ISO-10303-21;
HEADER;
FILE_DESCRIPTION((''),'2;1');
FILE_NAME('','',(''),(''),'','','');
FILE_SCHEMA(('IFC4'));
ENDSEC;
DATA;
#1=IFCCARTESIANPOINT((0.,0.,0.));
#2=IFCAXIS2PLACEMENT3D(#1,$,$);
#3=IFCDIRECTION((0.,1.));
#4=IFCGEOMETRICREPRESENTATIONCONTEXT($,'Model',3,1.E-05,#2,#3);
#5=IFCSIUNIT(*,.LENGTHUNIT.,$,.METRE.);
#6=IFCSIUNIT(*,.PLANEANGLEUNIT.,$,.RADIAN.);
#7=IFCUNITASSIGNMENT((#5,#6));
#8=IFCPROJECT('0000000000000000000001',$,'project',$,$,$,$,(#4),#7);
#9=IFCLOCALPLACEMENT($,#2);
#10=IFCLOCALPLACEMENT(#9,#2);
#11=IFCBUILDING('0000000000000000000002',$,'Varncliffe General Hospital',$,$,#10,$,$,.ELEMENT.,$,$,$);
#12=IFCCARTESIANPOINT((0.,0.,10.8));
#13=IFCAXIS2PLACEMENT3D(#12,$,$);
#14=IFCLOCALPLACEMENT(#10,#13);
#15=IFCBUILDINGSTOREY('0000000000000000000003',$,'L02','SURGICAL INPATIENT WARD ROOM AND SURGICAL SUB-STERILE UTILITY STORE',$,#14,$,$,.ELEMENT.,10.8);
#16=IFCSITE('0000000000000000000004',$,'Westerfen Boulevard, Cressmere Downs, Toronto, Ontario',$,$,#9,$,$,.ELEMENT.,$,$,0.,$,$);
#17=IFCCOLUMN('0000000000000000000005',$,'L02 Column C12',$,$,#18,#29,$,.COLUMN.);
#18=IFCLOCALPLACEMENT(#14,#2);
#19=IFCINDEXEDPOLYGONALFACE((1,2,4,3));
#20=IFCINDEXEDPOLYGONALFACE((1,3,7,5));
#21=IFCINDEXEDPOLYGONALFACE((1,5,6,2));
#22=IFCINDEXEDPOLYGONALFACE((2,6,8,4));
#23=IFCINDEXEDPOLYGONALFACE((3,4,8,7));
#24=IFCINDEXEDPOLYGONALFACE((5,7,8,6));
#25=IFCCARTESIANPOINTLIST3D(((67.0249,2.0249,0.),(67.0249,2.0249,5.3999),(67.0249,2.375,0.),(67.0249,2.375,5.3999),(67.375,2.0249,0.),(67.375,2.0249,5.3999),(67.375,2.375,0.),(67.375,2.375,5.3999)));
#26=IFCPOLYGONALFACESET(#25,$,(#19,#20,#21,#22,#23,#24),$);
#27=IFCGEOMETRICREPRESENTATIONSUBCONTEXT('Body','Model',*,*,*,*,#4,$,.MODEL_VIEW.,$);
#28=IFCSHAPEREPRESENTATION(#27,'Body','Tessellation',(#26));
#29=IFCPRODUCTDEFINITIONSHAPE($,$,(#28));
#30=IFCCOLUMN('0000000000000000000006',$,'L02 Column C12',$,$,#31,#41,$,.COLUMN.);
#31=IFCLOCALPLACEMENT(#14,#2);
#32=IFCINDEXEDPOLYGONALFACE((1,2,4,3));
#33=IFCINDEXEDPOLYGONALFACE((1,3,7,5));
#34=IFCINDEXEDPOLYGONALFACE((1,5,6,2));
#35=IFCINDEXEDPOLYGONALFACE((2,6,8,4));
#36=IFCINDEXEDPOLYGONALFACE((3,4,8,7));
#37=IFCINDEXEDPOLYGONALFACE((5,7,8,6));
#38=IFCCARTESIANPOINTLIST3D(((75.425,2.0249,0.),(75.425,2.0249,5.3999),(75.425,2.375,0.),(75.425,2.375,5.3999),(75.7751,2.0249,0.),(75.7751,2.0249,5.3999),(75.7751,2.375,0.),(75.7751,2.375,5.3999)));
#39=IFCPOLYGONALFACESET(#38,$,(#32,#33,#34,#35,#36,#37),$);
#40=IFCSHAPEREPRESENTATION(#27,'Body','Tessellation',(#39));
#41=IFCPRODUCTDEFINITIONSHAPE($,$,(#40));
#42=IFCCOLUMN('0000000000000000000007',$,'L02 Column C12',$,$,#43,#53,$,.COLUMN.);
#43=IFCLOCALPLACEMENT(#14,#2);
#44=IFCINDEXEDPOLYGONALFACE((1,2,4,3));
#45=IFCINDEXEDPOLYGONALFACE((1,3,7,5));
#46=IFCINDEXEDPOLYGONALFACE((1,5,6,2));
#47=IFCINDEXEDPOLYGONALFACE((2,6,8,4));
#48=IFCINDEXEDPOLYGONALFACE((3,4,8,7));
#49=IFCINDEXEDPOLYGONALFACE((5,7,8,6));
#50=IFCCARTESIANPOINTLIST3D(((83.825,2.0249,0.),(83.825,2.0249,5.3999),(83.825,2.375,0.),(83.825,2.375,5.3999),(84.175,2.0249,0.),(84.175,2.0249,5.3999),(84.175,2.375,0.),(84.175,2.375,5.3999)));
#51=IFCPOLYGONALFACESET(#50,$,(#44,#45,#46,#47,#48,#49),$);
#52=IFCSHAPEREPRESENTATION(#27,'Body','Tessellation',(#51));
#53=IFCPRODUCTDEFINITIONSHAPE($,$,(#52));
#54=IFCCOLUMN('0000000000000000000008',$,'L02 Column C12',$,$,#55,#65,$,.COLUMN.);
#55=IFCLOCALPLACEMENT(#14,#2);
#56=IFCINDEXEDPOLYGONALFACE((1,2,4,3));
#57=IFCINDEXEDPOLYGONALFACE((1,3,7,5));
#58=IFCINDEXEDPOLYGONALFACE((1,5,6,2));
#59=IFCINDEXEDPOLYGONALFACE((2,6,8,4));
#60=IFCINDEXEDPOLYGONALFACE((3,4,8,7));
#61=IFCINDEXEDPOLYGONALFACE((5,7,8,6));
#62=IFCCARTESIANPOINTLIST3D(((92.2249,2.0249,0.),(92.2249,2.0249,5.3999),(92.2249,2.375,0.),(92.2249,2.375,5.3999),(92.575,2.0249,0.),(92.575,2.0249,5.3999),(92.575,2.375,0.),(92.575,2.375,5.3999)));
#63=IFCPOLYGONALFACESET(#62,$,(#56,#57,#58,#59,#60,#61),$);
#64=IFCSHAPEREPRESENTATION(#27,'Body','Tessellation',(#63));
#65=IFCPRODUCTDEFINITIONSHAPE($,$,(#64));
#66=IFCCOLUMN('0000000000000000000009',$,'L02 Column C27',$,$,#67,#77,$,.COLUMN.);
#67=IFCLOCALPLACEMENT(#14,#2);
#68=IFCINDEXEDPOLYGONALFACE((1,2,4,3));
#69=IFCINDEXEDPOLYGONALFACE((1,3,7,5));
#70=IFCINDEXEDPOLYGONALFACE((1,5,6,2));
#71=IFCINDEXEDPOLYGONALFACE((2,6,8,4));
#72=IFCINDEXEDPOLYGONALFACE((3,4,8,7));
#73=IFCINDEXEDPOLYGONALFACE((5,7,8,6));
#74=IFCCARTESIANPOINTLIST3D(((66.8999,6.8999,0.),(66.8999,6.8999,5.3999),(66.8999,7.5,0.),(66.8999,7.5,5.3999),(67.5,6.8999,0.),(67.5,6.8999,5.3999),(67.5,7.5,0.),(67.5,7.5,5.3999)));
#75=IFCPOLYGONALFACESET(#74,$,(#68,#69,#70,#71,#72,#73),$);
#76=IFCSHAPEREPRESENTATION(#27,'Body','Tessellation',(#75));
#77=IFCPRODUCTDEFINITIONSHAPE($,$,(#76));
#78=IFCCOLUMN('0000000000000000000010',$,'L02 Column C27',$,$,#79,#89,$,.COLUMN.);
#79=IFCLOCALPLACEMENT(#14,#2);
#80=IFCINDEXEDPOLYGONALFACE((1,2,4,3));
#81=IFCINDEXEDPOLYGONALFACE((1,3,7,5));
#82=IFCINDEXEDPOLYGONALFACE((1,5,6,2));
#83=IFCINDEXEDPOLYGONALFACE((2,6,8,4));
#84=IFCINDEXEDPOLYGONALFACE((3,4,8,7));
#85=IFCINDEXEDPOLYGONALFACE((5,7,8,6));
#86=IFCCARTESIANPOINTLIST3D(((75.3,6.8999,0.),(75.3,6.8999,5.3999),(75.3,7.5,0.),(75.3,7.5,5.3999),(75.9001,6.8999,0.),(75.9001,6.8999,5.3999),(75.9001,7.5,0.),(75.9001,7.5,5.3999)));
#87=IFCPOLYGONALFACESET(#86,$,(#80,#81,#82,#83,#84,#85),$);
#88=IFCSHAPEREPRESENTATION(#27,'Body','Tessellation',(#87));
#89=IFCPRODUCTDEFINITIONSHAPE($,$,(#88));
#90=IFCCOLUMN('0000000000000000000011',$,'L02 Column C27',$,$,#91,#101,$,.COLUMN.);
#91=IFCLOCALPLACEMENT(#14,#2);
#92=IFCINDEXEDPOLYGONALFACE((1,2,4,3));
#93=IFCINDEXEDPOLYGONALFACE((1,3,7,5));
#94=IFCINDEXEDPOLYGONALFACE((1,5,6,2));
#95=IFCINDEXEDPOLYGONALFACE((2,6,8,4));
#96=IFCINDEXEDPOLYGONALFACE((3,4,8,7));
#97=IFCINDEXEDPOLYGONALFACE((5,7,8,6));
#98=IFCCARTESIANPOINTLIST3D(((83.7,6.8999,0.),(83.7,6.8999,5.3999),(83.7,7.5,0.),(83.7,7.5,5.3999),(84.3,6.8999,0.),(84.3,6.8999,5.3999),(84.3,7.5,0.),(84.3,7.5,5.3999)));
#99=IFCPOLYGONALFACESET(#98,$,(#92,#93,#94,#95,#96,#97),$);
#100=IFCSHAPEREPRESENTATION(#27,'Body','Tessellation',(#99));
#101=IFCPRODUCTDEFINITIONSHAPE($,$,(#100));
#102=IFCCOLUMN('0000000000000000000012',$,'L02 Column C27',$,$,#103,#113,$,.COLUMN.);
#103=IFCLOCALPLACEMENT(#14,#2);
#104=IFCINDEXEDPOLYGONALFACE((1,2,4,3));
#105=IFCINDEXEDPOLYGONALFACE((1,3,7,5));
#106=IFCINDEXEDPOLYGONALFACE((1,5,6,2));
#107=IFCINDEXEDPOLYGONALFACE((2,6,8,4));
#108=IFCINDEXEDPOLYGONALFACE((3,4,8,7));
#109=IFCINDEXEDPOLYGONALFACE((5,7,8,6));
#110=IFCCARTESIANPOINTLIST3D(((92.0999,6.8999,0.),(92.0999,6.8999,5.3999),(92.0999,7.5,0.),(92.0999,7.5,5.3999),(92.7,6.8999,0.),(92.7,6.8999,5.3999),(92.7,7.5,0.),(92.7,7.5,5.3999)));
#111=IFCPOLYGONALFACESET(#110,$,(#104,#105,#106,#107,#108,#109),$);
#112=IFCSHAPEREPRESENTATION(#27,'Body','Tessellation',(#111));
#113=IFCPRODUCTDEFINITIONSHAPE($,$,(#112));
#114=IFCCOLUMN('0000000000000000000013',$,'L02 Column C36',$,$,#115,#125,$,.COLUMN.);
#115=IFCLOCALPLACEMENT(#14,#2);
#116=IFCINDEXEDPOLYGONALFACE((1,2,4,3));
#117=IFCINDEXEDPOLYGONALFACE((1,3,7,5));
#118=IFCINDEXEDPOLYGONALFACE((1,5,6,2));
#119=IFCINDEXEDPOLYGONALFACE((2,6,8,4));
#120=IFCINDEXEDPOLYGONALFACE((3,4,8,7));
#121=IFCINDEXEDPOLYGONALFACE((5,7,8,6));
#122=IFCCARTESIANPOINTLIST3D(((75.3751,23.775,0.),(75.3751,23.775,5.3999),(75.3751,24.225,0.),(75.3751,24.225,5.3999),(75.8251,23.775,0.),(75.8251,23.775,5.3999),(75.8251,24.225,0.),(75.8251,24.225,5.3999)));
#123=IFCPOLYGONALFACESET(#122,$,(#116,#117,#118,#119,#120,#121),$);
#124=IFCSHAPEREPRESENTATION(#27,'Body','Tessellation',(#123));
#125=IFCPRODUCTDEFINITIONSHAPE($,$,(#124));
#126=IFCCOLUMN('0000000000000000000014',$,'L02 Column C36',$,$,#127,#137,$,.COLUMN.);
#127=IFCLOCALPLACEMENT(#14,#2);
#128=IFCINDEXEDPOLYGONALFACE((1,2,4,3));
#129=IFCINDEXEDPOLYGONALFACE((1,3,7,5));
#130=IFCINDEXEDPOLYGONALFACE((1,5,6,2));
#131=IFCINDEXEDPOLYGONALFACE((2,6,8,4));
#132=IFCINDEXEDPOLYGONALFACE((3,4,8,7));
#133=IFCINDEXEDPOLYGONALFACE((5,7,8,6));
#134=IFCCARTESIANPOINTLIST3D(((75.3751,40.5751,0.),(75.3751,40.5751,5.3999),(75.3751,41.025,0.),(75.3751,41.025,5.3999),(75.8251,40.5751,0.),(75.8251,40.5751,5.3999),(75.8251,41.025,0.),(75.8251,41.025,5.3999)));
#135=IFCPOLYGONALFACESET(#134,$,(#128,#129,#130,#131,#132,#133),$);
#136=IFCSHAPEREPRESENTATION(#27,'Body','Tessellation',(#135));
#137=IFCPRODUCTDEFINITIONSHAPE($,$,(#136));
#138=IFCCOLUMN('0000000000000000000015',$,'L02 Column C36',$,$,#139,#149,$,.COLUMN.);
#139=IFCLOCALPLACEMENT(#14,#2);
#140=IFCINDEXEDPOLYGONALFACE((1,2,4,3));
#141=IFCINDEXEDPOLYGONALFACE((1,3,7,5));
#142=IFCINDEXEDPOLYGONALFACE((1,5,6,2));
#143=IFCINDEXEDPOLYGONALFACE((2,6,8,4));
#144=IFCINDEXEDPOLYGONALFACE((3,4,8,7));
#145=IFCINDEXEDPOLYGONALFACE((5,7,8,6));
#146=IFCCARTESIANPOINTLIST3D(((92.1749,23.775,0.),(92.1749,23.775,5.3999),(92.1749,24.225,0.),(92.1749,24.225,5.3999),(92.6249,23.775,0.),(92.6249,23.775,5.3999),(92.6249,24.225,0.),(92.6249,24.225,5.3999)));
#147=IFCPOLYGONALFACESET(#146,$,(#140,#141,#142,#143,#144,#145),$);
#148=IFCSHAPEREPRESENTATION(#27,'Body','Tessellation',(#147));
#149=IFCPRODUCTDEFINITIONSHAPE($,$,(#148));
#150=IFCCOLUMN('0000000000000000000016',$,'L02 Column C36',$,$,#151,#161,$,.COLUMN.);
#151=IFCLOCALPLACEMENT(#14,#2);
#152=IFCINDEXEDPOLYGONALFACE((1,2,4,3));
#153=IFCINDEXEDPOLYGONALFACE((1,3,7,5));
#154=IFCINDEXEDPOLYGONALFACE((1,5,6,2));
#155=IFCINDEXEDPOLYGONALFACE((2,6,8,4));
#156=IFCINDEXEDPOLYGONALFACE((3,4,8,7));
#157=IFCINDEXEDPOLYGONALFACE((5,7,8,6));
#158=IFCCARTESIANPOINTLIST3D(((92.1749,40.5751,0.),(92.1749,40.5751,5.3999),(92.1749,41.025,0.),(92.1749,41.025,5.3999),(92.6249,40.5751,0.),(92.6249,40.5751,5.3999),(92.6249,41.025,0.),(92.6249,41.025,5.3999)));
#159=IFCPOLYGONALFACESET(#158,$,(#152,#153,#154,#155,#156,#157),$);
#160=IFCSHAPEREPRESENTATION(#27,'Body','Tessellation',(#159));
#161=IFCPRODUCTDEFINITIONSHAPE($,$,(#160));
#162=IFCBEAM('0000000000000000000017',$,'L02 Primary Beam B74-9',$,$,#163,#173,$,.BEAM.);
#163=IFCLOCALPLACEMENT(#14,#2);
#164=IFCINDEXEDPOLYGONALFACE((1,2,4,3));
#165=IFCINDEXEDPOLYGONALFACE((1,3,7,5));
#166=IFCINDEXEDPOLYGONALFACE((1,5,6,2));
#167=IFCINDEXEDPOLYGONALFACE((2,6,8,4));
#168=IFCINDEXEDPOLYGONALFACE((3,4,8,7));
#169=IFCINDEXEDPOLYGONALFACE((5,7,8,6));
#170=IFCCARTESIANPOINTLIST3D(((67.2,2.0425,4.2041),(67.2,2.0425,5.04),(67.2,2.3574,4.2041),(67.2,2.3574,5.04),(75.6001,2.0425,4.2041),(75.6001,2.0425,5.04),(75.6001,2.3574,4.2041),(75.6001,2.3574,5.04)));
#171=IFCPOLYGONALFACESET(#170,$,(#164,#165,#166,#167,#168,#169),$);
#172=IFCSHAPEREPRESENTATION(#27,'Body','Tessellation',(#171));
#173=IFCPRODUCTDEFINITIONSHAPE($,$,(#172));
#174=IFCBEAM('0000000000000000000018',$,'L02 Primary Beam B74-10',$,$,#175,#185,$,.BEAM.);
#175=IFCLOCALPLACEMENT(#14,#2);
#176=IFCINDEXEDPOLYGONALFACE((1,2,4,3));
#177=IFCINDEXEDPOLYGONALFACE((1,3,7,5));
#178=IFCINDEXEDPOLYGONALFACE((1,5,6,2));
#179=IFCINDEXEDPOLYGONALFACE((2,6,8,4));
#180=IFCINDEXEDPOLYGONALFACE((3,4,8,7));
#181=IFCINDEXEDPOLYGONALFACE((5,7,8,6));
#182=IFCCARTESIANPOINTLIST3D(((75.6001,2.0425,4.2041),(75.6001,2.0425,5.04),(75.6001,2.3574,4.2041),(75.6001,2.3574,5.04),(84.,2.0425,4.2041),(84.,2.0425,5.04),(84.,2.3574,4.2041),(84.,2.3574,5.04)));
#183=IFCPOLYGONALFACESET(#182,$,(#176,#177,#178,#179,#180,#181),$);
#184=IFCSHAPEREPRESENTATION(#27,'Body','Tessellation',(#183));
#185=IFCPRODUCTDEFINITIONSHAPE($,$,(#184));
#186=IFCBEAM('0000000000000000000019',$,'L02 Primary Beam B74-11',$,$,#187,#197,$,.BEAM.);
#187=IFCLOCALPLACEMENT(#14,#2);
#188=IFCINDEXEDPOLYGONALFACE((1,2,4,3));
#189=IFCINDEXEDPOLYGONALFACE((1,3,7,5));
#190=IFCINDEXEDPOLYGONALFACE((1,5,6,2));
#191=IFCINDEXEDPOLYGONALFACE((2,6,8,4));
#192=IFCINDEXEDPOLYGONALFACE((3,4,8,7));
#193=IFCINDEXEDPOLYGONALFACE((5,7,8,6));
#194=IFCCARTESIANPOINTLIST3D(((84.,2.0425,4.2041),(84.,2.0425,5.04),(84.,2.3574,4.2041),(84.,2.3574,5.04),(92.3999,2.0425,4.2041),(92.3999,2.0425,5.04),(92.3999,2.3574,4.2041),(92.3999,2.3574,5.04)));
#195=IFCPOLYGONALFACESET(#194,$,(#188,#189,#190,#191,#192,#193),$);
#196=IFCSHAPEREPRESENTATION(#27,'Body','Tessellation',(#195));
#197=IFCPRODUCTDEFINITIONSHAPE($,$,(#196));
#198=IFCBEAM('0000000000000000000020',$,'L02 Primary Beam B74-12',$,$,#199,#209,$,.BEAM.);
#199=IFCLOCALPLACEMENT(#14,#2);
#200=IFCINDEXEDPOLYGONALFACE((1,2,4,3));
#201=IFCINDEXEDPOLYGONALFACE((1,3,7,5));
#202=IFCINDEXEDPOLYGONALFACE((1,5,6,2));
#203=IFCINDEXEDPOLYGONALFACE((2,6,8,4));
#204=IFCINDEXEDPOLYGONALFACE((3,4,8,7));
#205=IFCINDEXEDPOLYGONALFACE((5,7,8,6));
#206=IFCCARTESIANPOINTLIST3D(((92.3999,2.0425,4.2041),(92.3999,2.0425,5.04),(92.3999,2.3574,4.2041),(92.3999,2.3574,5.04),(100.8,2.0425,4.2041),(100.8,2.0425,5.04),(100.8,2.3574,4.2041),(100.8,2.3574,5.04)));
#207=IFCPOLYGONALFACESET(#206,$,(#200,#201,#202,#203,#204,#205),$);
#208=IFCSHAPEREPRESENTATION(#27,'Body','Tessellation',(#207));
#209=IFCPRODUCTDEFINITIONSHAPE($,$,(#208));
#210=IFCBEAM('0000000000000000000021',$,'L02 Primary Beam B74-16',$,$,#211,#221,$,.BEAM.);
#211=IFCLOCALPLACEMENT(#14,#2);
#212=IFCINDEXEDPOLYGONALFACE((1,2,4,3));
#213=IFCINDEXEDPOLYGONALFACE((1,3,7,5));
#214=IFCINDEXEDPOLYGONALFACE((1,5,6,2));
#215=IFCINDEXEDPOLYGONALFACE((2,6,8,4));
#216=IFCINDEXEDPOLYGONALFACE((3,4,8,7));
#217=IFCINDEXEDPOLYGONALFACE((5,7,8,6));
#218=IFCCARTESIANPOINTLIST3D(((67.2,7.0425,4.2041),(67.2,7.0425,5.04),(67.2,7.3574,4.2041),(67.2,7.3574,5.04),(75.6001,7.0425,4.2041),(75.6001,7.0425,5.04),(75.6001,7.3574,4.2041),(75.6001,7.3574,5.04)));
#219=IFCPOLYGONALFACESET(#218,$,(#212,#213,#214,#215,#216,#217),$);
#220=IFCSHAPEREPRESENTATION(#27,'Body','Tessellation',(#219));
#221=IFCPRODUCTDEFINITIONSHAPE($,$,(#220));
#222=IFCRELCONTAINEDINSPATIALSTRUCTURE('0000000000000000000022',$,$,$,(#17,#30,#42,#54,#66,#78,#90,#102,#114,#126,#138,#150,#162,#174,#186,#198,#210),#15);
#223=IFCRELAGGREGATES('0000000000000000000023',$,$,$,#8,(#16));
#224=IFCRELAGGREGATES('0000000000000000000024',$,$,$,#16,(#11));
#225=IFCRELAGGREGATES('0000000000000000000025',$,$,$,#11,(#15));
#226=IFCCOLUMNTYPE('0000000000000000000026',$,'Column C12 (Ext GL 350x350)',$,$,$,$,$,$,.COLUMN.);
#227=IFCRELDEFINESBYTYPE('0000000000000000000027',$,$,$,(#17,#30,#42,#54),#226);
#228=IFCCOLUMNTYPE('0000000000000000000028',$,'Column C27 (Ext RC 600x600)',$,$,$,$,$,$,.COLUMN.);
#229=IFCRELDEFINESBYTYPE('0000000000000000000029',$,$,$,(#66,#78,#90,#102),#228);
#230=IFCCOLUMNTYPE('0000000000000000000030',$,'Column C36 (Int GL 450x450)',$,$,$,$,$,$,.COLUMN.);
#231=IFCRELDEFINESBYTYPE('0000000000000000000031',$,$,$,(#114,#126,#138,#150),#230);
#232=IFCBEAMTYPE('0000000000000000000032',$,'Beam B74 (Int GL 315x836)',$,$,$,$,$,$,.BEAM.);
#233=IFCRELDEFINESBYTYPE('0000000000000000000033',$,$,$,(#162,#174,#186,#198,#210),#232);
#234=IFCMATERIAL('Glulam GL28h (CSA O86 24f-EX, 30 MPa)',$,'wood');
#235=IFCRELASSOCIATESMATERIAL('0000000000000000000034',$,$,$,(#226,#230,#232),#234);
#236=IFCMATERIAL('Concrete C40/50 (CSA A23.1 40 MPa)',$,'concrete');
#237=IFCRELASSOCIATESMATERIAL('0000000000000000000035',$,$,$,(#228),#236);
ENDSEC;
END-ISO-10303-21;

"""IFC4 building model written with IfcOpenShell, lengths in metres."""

from ifc_helpers import new_model, si_unit, direction, frame, origin, origin_2d, place, context, subcontext, project, spatial, rectangle, extrude, material, material_profile, profile_set, type_object, element, save


model = new_model("IFC4")

# Units and contexts
model_context = context("Model", 3, precision=1e-05, world=origin(), true_north=direction((0.0, 1.0)))
body_context = subcontext(model_context, "Body", "Model", "MODEL_VIEW")
ifc_project = project(units=[si_unit("LENGTHUNIT", "METRE"), si_unit("PLANEANGLEUNIT", "RADIAN")], contexts=[model_context])

# Site, building, storey
site_placement = place(None, origin())
site = spatial("IfcSite", under=ifc_project, at=site_placement, Name="Westerfen Boulevard, Cressmere Downs, Toronto, Ontario", CompositionType="ELEMENT", RefElevation=0.0)
building_placement = place(site_placement, origin())
building = spatial("IfcBuilding", under=site, at=building_placement, Name="Varncliffe General Hospital", CompositionType="ELEMENT")
storey_placement = place(building_placement, frame((0.0, 0.0, 10.8)))
storey = spatial("IfcBuildingStorey", under=building, at=storey_placement, Name="L02", Description="SURGICAL INPATIENT WARD ROOM AND SURGICAL SUB-STERILE UTILITY STORE", CompositionType="ELEMENT", Elevation=10.8)

# Columns
ifc_material_1 = material(Name="Glulam GL28h (CSA O86 24f-EX, 30 MPa)", Category="wood")
ifc_material_profile_1 = material_profile(ifc_material_1, rectangle(XDim=0.3501, YDim=0.3501, at=origin_2d()), Name="GL 350x350")
ifc_profile_set_1 = profile_set([ifc_material_profile_1], Name="Glulam GL28h (CSA O86 24f-EX, 30 MPa)")
column_type_1 = type_object("IfcColumnType", Name="Column C12 (Ext GL 350x350)", PredefinedType="COLUMN", material=ifc_profile_set_1)
for number, where, z_axis, x_axis, name in (
    (1, (67.2, 2.2, 0.0), (0.0, 0.0, 1.0), (1.0, 0.0, 0.0), "L02 Column C12"),
    (2, (75.6001, 2.2, 0.0), (0.0, 0.0, 1.0), (1.0, 0.0, 0.0), "L02 Column C12"),
    (3, (84.0, 2.2, 0.0), (0.0, 0.0, 1.0), (1.0, 0.0, 0.0), "L02 Column C12"),
    (4, (92.3999, 2.2, 0.0), (0.0, 0.0, 1.0), (1.0, 0.0, 0.0), "L02 Column C12"),
):
    element("IfcColumn", number, at=place(storey_placement, frame(where, z_axis=z_axis, x_axis=x_axis)), inside=storey, type_object=column_type_1, Name=name, PredefinedType="COLUMN", context=body_context, shape_type="SweptSolid", body=[
        extrude(rectangle(XDim=0.3501, YDim=0.3501, at=origin_2d()), origin(), (0.0, 0.0, 1.0), 5.3999),
    ])
ifc_material_2 = material(Name="Concrete C40/50 (CSA A23.1 40 MPa)", Category="concrete")
ifc_material_profile_2 = material_profile(ifc_material_2, rectangle(XDim=0.6001, YDim=0.6001, at=origin_2d()), Name="RC 600x600")
ifc_profile_set_2 = profile_set([ifc_material_profile_2], Name="Concrete C40/50 (CSA A23.1 40 MPa)")
column_type_2 = type_object("IfcColumnType", Name="Column C27 (Ext RC 600x600)", PredefinedType="COLUMN", material=ifc_profile_set_2)
for number, where, z_axis, x_axis, name in (
    (5, (67.2, 7.2, 0.0), (0.0, 0.0, 1.0), (1.0, 0.0, 0.0), "L02 Column C27"),
    (6, (75.6001, 7.2, 0.0), (0.0, 0.0, 1.0), (1.0, 0.0, 0.0), "L02 Column C27"),
    (7, (84.0, 7.2, 0.0), (0.0, 0.0, 1.0), (1.0, 0.0, 0.0), "L02 Column C27"),
    (8, (92.3999, 7.2, 0.0), (0.0, 0.0, 1.0), (1.0, 0.0, 0.0), "L02 Column C27"),
):
    element("IfcColumn", number, at=place(storey_placement, frame(where, z_axis=z_axis, x_axis=x_axis)), inside=storey, type_object=column_type_2, Name=name, PredefinedType="COLUMN", context=body_context, shape_type="SweptSolid", body=[
        extrude(rectangle(XDim=0.6001, YDim=0.6001, at=origin_2d()), origin(), (0.0, 0.0, 1.0), 5.3999),
    ])
ifc_material_profile_3 = material_profile(ifc_material_1, rectangle(XDim=0.45, YDim=0.45, at=origin_2d()), Name="GL 450x450")
ifc_profile_set_3 = profile_set([ifc_material_profile_3], Name="Glulam GL28h (CSA O86 24f-EX, 30 MPa)")
column_type_3 = type_object("IfcColumnType", Name="Column C36 (Int GL 450x450)", PredefinedType="COLUMN", material=ifc_profile_set_3)
for number, where, z_axis, x_axis, name in (
    (9, (75.6001, 24.0, 0.0), (0.0, 0.0, 1.0), (1.0, 0.0, 0.0), "L02 Column C36"),
    (10, (75.6001, 40.8, 0.0), (0.0, 0.0, 1.0), (1.0, 0.0, 0.0), "L02 Column C36"),
    (11, (92.3999, 24.0, 0.0), (0.0, 0.0, 1.0), (1.0, 0.0, 0.0), "L02 Column C36"),
    (12, (92.3999, 40.8, 0.0), (0.0, 0.0, 1.0), (1.0, 0.0, 0.0), "L02 Column C36"),
):
    element("IfcColumn", number, at=place(storey_placement, frame(where, z_axis=z_axis, x_axis=x_axis)), inside=storey, type_object=column_type_3, Name=name, PredefinedType="COLUMN", context=body_context, shape_type="SweptSolid", body=[
        extrude(rectangle(XDim=0.45, YDim=0.45, at=origin_2d()), origin(), (0.0, 0.0, 1.0), 5.3999),
    ])

# Beams
ifc_material_profile_4 = material_profile(ifc_material_1, rectangle(XDim=0.3149, YDim=0.8359, at=origin_2d()), Name="GL 315x836")
ifc_profile_set_4 = profile_set([ifc_material_profile_4], Name="Glulam GL28h (CSA O86 24f-EX, 30 MPa)")
beam_type_1 = type_object("IfcBeamType", Name="Beam B74 (Int GL 315x836)", PredefinedType="BEAM", material=ifc_profile_set_4)
beam_1_placement = place(storey_placement, frame((67.2, 2.2, 4.6221), z_axis=(1.0, 0.0, 0.0), x_axis=(0.0, 1.0, 0.0)))
element("IfcBeam", 13, at=beam_1_placement, inside=storey, type_object=beam_type_1, Name="L02 Primary Beam B74-9", PredefinedType="BEAM", context=body_context, shape_type="SweptSolid", body=[
    extrude(rectangle(XDim=0.3149, YDim=0.8359, at=origin_2d()), origin(), (0.0, 0.0, 1.0), 8.4001),
])
for number, where, z_axis, x_axis, name in (
    (14, (75.6001, 2.2, 4.6221), (1.0, 0.0, 0.0), (0.0, 1.0, 0.0), "L02 Primary Beam B74-10"),
    (15, (84.0, 2.2, 4.6221), (1.0, 0.0, 0.0), (0.0, 1.0, 0.0), "L02 Primary Beam B74-11"),
):
    element("IfcBeam", number, at=place(storey_placement, frame(where, z_axis=z_axis, x_axis=x_axis)), inside=storey, type_object=beam_type_1, Name=name, PredefinedType="BEAM", context=body_context, shape_type="SweptSolid", body=[
        extrude(rectangle(XDim=0.3149, YDim=0.8359, at=origin_2d()), origin(), (0.0, 0.0, 1.0), 8.3999),
    ])
for number, where, z_axis, x_axis, name in (
    (16, (92.3999, 2.2, 4.6221), (1.0, 0.0, 0.0), (0.0, 1.0, 0.0), "L02 Primary Beam B74-12"),
    (17, (67.2, 7.2, 4.6221), (1.0, 0.0, 0.0), (0.0, 1.0, 0.0), "L02 Primary Beam B74-16"),
):
    element("IfcBeam", number, at=place(storey_placement, frame(where, z_axis=z_axis, x_axis=x_axis)), inside=storey, type_object=beam_type_1, Name=name, PredefinedType="BEAM", context=body_context, shape_type="SweptSolid", body=[
        extrude(rectangle(XDim=0.3149, YDim=0.8359, at=origin_2d()), origin(), (0.0, 0.0, 1.0), 8.4001),
    ])

save(model, "model.ifc")
